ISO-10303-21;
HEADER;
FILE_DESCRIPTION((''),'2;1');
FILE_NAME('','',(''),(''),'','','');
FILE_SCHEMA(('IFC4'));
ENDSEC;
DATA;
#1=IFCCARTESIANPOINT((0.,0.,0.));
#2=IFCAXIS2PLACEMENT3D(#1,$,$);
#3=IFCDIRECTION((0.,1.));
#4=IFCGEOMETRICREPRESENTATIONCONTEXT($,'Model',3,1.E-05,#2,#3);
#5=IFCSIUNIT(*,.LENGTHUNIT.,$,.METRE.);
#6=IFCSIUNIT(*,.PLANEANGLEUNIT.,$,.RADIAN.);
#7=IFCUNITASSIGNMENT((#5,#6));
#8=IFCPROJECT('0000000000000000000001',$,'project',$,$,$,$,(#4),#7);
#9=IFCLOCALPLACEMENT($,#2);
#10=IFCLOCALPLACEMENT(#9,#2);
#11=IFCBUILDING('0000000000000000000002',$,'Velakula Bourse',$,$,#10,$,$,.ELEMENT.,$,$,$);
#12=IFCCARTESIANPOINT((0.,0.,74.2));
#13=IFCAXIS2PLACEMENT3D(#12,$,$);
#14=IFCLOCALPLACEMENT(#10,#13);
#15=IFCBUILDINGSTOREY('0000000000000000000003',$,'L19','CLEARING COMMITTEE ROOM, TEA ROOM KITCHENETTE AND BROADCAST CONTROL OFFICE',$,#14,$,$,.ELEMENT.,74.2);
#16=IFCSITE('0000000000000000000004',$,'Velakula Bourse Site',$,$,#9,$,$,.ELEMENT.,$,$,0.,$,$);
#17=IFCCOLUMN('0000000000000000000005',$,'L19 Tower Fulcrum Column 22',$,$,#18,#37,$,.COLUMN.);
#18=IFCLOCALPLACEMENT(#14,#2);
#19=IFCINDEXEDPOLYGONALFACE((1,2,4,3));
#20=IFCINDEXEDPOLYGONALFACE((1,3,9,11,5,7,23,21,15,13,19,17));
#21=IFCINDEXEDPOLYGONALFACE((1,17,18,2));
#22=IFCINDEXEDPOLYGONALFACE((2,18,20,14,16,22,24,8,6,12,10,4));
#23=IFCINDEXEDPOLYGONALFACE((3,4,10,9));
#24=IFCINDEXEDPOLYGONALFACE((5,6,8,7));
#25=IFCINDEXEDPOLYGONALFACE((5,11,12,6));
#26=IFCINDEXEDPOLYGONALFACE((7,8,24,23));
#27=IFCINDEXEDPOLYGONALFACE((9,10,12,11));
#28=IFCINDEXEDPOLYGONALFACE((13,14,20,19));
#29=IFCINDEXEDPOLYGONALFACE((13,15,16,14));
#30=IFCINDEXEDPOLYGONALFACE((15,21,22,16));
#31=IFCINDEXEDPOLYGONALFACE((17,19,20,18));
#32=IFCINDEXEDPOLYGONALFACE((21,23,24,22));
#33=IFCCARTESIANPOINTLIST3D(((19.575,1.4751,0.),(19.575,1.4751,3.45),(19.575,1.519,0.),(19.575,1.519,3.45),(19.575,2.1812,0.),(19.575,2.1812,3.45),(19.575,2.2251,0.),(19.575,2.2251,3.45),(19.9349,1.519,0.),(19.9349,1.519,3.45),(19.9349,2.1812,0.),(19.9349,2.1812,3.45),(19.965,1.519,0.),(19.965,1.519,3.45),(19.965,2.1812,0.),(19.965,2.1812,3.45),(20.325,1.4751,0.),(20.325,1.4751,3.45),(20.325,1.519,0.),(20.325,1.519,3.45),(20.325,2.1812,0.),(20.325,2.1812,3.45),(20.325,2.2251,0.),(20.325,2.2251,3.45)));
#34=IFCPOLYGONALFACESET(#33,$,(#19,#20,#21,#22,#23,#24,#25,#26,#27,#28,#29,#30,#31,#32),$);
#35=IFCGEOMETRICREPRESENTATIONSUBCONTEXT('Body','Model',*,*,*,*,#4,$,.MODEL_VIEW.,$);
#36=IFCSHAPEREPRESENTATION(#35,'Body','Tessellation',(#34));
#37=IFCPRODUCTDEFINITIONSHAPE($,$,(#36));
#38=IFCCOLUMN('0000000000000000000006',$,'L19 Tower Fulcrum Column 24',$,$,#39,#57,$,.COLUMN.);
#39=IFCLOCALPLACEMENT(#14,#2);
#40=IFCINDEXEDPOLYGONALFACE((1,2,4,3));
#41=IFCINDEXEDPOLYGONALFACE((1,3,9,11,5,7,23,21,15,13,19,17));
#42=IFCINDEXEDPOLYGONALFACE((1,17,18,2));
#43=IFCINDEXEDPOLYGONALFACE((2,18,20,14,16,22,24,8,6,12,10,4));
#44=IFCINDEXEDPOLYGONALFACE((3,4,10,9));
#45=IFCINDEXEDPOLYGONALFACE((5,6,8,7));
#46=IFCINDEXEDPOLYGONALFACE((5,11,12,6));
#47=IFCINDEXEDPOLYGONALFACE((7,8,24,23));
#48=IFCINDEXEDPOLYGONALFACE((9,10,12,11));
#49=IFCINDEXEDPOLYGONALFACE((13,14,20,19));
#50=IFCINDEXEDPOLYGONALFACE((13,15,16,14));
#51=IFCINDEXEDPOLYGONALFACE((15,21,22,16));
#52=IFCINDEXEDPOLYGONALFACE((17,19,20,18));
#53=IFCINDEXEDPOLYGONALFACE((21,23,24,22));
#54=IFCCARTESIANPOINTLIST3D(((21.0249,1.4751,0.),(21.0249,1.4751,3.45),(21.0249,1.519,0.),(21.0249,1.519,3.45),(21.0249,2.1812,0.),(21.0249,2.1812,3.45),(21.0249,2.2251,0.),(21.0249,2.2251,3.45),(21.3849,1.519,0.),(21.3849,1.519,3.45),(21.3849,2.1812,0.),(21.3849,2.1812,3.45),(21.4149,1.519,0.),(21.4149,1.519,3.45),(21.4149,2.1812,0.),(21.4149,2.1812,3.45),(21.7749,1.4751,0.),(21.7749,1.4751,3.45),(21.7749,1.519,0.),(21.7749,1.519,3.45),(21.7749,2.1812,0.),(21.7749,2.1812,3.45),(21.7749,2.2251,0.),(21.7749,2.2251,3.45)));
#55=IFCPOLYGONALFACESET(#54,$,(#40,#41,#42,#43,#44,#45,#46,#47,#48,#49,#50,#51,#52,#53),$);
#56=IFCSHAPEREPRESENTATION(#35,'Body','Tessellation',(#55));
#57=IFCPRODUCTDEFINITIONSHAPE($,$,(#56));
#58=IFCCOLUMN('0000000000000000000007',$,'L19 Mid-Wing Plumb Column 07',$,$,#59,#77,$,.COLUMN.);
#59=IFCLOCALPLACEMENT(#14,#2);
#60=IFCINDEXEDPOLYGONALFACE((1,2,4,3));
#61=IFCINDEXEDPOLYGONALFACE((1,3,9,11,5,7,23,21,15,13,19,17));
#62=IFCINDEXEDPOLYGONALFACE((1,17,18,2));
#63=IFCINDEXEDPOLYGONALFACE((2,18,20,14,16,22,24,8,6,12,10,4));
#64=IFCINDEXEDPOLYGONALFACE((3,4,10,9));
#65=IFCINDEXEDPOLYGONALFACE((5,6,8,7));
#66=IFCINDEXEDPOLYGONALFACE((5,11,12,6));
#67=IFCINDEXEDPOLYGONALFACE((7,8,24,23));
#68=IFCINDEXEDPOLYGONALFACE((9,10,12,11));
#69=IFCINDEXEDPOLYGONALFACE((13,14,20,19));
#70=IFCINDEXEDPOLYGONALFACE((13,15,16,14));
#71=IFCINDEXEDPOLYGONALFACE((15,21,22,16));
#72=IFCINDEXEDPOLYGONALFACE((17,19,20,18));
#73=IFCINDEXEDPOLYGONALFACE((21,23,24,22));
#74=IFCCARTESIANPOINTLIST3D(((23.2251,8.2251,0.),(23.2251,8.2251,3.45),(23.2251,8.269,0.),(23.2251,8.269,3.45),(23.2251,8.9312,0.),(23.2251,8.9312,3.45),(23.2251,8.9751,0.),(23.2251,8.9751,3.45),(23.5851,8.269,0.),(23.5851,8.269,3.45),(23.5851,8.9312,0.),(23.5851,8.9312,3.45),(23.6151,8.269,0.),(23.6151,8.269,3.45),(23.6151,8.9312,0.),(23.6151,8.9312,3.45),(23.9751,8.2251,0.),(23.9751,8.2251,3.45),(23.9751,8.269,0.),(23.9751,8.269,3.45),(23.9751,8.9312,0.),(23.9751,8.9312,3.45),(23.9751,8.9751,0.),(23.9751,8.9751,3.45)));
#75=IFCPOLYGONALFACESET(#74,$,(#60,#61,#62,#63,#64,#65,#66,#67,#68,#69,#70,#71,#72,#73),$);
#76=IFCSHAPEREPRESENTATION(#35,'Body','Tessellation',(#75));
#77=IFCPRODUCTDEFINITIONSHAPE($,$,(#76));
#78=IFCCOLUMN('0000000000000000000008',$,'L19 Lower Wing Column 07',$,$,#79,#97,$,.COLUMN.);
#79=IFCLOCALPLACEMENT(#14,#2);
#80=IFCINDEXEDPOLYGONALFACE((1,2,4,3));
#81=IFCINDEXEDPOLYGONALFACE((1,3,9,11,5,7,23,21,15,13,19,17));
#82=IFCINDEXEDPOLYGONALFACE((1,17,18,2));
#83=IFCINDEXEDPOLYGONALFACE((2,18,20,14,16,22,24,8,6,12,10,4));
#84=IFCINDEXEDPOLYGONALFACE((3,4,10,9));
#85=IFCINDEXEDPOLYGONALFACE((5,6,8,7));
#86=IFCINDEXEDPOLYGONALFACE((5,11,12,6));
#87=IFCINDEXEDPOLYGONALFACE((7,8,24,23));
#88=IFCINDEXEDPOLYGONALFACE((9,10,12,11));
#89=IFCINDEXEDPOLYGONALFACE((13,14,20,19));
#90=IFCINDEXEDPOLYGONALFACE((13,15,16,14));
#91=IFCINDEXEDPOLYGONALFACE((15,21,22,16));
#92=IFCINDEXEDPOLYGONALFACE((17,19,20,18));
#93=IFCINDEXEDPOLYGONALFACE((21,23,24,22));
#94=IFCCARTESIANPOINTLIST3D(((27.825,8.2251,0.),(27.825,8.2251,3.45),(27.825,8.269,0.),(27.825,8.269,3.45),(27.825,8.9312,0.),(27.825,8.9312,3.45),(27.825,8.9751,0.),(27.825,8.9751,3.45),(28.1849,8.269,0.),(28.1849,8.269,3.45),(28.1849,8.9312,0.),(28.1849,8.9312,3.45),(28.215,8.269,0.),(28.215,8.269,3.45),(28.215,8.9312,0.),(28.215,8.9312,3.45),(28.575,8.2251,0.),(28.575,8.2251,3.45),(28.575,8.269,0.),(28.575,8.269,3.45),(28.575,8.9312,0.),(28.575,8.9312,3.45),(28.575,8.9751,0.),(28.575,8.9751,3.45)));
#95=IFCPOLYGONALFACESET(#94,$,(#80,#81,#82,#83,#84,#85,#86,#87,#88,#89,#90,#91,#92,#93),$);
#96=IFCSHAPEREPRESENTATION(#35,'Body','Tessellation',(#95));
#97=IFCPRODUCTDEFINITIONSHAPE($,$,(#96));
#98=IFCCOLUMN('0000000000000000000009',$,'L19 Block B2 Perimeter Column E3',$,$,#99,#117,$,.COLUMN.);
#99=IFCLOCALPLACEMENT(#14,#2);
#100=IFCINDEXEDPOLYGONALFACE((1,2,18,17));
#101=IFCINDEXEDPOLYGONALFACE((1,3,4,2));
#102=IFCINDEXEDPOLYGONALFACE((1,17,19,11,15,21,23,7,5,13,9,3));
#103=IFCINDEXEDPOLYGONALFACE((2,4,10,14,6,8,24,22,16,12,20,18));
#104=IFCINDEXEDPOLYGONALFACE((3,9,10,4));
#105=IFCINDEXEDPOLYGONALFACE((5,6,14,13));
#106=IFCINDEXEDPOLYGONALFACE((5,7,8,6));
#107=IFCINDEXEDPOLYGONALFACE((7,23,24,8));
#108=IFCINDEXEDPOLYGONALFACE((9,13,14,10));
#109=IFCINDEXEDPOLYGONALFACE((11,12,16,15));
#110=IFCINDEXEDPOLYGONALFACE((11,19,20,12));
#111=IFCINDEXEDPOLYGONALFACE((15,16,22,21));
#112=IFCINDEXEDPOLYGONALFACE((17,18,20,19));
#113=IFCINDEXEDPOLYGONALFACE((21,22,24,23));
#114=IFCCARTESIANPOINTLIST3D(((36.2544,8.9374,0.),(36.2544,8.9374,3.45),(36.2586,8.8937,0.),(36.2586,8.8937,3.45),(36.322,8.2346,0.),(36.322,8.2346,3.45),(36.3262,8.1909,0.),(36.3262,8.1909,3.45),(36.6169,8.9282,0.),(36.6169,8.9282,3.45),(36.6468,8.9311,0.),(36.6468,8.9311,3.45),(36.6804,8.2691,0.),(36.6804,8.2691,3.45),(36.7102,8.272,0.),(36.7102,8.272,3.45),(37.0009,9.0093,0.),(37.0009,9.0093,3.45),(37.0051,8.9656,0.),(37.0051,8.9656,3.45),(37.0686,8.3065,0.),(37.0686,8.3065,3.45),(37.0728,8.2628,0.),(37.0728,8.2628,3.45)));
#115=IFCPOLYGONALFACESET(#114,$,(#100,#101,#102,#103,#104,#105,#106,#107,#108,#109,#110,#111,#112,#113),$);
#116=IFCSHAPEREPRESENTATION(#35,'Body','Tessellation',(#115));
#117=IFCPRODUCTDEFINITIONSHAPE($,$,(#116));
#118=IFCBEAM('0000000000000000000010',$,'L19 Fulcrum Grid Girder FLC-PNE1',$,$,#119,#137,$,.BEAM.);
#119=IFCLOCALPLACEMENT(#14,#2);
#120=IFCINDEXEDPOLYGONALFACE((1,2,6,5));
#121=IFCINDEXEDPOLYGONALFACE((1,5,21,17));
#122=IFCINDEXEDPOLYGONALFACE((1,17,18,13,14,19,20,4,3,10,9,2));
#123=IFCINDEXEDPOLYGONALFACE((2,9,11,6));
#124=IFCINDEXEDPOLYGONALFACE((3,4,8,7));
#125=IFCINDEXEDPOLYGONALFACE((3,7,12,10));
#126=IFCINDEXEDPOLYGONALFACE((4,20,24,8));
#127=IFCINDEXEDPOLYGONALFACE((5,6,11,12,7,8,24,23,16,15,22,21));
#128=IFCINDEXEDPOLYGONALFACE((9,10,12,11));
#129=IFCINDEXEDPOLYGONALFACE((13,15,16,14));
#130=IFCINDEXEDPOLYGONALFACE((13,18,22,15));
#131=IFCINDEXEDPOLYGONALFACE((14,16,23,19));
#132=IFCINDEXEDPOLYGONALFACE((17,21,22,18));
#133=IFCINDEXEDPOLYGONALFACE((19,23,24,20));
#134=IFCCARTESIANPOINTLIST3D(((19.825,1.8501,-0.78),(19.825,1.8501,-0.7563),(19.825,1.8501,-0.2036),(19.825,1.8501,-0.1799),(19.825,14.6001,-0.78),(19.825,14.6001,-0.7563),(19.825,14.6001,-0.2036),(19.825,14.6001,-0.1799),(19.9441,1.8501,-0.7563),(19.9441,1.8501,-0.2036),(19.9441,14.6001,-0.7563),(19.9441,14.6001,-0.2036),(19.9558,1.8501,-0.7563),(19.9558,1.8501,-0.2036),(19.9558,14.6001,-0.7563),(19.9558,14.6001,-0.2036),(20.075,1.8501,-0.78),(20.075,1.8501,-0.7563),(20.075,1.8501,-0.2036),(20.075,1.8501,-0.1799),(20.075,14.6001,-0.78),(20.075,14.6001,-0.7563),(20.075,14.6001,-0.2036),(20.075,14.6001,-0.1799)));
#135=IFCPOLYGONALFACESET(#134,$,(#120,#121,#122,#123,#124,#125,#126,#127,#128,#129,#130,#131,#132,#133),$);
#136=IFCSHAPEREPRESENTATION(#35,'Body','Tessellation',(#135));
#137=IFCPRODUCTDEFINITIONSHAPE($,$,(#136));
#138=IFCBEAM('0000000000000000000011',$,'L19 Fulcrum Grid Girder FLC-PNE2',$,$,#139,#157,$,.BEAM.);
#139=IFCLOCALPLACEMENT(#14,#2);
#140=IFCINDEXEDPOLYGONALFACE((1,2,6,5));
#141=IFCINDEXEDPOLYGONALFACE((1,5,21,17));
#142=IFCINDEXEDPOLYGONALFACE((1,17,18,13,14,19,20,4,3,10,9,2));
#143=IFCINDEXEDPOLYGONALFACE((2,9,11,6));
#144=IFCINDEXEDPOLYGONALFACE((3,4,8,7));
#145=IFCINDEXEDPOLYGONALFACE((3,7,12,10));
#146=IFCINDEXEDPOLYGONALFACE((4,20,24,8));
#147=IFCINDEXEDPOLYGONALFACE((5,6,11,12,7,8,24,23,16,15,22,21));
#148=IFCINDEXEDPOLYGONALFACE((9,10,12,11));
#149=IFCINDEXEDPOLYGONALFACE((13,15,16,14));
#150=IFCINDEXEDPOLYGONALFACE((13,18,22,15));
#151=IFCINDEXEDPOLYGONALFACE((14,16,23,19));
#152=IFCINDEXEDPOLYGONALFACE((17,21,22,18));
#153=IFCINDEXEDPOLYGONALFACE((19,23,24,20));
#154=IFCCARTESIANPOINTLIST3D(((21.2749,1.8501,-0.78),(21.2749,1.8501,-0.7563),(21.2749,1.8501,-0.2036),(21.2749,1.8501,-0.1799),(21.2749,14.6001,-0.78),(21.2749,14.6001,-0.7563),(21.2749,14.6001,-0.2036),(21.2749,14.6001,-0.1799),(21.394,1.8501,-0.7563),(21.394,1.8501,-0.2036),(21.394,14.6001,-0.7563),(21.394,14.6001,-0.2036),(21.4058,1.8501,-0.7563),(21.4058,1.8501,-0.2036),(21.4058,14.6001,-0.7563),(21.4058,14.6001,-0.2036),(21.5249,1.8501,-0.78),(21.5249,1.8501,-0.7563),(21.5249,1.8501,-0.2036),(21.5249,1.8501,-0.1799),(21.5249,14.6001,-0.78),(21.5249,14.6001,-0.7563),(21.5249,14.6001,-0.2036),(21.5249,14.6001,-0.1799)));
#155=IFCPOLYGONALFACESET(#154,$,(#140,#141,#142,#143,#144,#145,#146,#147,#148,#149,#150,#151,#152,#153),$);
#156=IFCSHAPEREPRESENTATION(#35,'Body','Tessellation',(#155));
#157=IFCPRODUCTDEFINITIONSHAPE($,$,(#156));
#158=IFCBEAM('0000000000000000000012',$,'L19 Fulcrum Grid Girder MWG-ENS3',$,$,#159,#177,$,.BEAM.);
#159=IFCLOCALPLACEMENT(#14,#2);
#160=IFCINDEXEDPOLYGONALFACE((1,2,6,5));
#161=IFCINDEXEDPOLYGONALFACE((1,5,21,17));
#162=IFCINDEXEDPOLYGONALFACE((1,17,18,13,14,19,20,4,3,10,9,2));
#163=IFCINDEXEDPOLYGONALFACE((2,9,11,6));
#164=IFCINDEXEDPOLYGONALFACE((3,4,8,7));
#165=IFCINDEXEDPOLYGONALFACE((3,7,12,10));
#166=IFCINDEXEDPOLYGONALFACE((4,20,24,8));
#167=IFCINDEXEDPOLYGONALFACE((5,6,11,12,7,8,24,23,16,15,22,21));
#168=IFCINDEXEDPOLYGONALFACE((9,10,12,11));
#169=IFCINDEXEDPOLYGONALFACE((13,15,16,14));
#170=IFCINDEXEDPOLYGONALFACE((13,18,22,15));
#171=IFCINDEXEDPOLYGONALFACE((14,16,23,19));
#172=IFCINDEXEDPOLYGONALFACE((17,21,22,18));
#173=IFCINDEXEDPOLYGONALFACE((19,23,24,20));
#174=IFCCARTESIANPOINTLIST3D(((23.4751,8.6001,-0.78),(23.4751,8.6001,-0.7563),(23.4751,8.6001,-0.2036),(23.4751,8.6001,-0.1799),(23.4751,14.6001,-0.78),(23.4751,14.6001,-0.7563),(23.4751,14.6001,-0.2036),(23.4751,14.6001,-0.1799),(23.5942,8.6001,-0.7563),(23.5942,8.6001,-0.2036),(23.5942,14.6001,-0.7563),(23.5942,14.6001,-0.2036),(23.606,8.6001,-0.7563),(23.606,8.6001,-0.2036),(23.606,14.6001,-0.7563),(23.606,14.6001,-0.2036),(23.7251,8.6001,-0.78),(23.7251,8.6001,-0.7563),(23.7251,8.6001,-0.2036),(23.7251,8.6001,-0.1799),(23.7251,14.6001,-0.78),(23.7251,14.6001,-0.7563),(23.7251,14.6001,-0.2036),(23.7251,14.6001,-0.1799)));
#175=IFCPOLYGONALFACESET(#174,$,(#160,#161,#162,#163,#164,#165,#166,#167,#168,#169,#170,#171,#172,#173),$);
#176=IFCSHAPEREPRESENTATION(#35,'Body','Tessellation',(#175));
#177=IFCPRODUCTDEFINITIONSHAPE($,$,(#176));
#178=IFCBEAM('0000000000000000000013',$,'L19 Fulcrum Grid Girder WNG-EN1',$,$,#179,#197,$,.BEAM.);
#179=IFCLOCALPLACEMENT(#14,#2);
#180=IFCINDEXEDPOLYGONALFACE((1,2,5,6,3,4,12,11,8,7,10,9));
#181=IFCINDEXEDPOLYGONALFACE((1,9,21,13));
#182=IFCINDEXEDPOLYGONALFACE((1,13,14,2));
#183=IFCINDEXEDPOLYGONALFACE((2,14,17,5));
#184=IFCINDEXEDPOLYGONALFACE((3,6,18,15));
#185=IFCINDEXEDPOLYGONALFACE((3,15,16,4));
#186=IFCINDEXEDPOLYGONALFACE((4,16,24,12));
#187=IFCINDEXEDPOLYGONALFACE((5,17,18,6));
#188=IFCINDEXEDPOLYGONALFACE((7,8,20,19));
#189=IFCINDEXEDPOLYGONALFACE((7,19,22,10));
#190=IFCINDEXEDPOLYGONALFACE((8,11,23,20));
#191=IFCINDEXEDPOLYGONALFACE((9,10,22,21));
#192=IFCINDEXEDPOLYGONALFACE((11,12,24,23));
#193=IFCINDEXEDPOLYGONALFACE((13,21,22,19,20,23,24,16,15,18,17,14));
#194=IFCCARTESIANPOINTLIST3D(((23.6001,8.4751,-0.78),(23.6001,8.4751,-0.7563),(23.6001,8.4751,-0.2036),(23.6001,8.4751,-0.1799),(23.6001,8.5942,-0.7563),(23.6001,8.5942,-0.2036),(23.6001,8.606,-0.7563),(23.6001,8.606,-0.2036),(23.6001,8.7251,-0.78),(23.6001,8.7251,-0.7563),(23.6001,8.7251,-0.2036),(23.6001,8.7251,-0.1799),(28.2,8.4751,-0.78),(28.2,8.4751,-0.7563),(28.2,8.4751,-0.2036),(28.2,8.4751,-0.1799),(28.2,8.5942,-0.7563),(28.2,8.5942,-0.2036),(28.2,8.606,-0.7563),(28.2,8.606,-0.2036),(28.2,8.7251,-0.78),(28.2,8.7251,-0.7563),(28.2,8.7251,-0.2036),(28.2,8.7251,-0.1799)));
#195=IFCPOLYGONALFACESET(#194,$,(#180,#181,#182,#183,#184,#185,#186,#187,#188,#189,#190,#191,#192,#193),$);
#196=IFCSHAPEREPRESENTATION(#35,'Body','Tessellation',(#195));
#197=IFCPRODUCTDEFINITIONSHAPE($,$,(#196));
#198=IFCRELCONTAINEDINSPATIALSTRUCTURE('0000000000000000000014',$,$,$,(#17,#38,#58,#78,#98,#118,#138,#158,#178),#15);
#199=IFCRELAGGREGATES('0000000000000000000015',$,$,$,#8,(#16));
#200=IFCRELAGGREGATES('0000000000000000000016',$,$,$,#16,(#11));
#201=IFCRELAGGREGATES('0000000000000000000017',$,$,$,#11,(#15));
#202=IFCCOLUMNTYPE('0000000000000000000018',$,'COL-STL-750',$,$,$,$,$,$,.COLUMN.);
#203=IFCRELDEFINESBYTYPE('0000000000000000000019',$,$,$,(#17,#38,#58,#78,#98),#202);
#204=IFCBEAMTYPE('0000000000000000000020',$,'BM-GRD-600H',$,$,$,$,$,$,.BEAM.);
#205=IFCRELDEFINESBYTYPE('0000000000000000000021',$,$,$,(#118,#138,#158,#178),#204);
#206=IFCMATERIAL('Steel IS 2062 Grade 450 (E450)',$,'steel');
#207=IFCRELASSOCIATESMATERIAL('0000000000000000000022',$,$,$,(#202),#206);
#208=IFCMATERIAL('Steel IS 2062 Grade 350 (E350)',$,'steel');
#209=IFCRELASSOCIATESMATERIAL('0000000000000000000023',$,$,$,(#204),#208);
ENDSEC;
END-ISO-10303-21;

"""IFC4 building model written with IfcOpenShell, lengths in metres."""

from ifc_helpers import new_model, si_unit, direction, frame, origin, origin_2d, place, context, subcontext, project, spatial, i_section, extrude, material, material_profile, profile_set, type_object, element, save


model = new_model("IFC4")

# Units and contexts
model_context = context("Model", 3, precision=1e-05, world=origin(), true_north=direction((0.0, 1.0)))
body_context = subcontext(model_context, "Body", "Model", "MODEL_VIEW")
ifc_project = project(units=[si_unit("LENGTHUNIT", "METRE"), si_unit("PLANEANGLEUNIT", "RADIAN")], contexts=[model_context])

# Site, building, storey
site_placement = place(None, origin())
site = spatial("IfcSite", under=ifc_project, at=site_placement, Name="Velakula Bourse Site", CompositionType="ELEMENT", RefElevation=0.0)
building_placement = place(site_placement, origin())
building = spatial("IfcBuilding", under=site, at=building_placement, Name="Velakula Bourse", CompositionType="ELEMENT")
storey_placement = place(building_placement, frame((0.0, 0.0, 74.2)))
storey = spatial("IfcBuildingStorey", under=building, at=storey_placement, Name="L19", Description="CLEARING COMMITTEE ROOM, TEA ROOM KITCHENETTE AND BROADCAST CONTROL OFFICE", CompositionType="ELEMENT", Elevation=74.2)

# Columns
ifc_material_1 = material(Name="Steel IS 2062 Grade 450 (E450)", Category="steel")
ifc_material_profile_1 = material_profile(ifc_material_1, i_section(OverallWidth=0.75, OverallDepth=0.75, WebThickness=0.03, FlangeThickness=0.0439, at=origin_2d()), Name="Steel IS 2062 Grade 450 (E450)")
ifc_profile_set_1 = profile_set([ifc_material_profile_1], Name="Steel IS 2062 Grade 450 (E450)")
column_type = type_object("IfcColumnType", Name="COL-STL-750", PredefinedType="COLUMN", material=ifc_profile_set_1)
for number, where, z_axis, x_axis, name in (
    (1, (19.95, 1.8501, 0.0), (0.0, 0.0, 1.0), (1.0, 0.0, 0.0), "L19 Tower Fulcrum Column 22"),
    (2, (21.3999, 1.8501, 0.0), (0.0, 0.0, 1.0), (1.0, 0.0, 0.0), "L19 Tower Fulcrum Column 24"),
    (3, (23.6001, 8.6001, 0.0), (0.0, 0.0, 1.0), (1.0, 0.0, 0.0), "L19 Mid-Wing Plumb Column 07"),
    (4, (28.2, 8.6001, 0.0), (0.0, 0.0, 1.0), (1.0, 0.0, 0.0), "L19 Lower Wing Column 07"),
    (5, (36.6636, 8.6001, 0.0), (0.0, 0.0, 1.0), (0.995396, 0.095846, 0.0), "L19 Block B2 Perimeter Column E3"),
):
    element("IfcColumn", number, at=place(storey_placement, frame(where, z_axis=z_axis, x_axis=x_axis)), inside=storey, type_object=column_type, Name=name, PredefinedType="COLUMN", context=body_context, shape_type="SweptSolid", body=[
        extrude(i_section(OverallWidth=0.75, OverallDepth=0.75, WebThickness=0.03, FlangeThickness=0.0439, at=origin_2d()), origin(), (0.0, 0.0, 1.0), 3.45),
    ])

# Beams
ifc_material_2 = material(Name="Steel IS 2062 Grade 350 (E350)", Category="steel")
ifc_material_profile_2 = material_profile(ifc_material_2, i_section(OverallWidth=0.25, OverallDepth=0.6001, WebThickness=0.0117, FlangeThickness=0.0237, at=origin_2d()), Name="Steel IS 2062 Grade 350 (E350)")
ifc_profile_set_2 = profile_set([ifc_material_profile_2], Name="Steel IS 2062 Grade 350 (E350)")
beam_type_1 = type_object("IfcBeamType", Name="BM-GRD-600H", PredefinedType="BEAM", material=ifc_profile_set_2)
for number, where, z_axis, x_axis, name in (
    (6, (19.95, 1.8501, -0.48), (0.0, 1.0, 0.0), (-1.0, 0.0, 0.0), "L19 Fulcrum Grid Girder FLC-PNE1"),
    (7, (21.3999, 1.8501, -0.48), (0.0, 1.0, 0.0), (-1.0, 0.0, 0.0), "L19 Fulcrum Grid Girder FLC-PNE2"),
):
    element("IfcBeam", number, at=place(storey_placement, frame(where, z_axis=z_axis, x_axis=x_axis)), inside=storey, type_object=beam_type_1, Name=name, PredefinedType="BEAM", context=body_context, shape_type="SweptSolid", body=[
        extrude(i_section(OverallWidth=0.25, OverallDepth=0.6001, WebThickness=0.0117, FlangeThickness=0.0237, at=origin_2d()), origin(), (0.0, 0.0, 1.0), 12.75),
    ])
beam_1_placement = place(storey_placement, frame((23.6001, 8.6001, -0.48), z_axis=(0.0, 1.0, 0.0), x_axis=(-1.0, 0.0, 0.0)))
element("IfcBeam", 8, at=beam_1_placement, inside=storey, type_object=beam_type_1, Name="L19 Fulcrum Grid Girder MWG-ENS3", PredefinedType="BEAM", context=body_context, shape_type="SweptSolid", body=[
    extrude(i_section(OverallWidth=0.25, OverallDepth=0.6001, WebThickness=0.0117, FlangeThickness=0.0237, at=origin_2d()), origin(), (0.0, 0.0, 1.0), 6.0),
])
beam_2_placement = place(storey_placement, frame((23.6001, 8.6001, -0.48), z_axis=(1.0, 0.0, 0.0), x_axis=(0.0, 1.0, 0.0)))
element("IfcBeam", 9, at=beam_2_placement, inside=storey, type_object=beam_type_1, Name="L19 Fulcrum Grid Girder WNG-EN1", PredefinedType="BEAM", context=body_context, shape_type="SweptSolid", body=[
    extrude(i_section(OverallWidth=0.25, OverallDepth=0.6001, WebThickness=0.0117, FlangeThickness=0.0237, at=origin_2d()), origin(), (0.0, 0.0, 1.0), 4.5999),
])

save(model, "model.ifc")
